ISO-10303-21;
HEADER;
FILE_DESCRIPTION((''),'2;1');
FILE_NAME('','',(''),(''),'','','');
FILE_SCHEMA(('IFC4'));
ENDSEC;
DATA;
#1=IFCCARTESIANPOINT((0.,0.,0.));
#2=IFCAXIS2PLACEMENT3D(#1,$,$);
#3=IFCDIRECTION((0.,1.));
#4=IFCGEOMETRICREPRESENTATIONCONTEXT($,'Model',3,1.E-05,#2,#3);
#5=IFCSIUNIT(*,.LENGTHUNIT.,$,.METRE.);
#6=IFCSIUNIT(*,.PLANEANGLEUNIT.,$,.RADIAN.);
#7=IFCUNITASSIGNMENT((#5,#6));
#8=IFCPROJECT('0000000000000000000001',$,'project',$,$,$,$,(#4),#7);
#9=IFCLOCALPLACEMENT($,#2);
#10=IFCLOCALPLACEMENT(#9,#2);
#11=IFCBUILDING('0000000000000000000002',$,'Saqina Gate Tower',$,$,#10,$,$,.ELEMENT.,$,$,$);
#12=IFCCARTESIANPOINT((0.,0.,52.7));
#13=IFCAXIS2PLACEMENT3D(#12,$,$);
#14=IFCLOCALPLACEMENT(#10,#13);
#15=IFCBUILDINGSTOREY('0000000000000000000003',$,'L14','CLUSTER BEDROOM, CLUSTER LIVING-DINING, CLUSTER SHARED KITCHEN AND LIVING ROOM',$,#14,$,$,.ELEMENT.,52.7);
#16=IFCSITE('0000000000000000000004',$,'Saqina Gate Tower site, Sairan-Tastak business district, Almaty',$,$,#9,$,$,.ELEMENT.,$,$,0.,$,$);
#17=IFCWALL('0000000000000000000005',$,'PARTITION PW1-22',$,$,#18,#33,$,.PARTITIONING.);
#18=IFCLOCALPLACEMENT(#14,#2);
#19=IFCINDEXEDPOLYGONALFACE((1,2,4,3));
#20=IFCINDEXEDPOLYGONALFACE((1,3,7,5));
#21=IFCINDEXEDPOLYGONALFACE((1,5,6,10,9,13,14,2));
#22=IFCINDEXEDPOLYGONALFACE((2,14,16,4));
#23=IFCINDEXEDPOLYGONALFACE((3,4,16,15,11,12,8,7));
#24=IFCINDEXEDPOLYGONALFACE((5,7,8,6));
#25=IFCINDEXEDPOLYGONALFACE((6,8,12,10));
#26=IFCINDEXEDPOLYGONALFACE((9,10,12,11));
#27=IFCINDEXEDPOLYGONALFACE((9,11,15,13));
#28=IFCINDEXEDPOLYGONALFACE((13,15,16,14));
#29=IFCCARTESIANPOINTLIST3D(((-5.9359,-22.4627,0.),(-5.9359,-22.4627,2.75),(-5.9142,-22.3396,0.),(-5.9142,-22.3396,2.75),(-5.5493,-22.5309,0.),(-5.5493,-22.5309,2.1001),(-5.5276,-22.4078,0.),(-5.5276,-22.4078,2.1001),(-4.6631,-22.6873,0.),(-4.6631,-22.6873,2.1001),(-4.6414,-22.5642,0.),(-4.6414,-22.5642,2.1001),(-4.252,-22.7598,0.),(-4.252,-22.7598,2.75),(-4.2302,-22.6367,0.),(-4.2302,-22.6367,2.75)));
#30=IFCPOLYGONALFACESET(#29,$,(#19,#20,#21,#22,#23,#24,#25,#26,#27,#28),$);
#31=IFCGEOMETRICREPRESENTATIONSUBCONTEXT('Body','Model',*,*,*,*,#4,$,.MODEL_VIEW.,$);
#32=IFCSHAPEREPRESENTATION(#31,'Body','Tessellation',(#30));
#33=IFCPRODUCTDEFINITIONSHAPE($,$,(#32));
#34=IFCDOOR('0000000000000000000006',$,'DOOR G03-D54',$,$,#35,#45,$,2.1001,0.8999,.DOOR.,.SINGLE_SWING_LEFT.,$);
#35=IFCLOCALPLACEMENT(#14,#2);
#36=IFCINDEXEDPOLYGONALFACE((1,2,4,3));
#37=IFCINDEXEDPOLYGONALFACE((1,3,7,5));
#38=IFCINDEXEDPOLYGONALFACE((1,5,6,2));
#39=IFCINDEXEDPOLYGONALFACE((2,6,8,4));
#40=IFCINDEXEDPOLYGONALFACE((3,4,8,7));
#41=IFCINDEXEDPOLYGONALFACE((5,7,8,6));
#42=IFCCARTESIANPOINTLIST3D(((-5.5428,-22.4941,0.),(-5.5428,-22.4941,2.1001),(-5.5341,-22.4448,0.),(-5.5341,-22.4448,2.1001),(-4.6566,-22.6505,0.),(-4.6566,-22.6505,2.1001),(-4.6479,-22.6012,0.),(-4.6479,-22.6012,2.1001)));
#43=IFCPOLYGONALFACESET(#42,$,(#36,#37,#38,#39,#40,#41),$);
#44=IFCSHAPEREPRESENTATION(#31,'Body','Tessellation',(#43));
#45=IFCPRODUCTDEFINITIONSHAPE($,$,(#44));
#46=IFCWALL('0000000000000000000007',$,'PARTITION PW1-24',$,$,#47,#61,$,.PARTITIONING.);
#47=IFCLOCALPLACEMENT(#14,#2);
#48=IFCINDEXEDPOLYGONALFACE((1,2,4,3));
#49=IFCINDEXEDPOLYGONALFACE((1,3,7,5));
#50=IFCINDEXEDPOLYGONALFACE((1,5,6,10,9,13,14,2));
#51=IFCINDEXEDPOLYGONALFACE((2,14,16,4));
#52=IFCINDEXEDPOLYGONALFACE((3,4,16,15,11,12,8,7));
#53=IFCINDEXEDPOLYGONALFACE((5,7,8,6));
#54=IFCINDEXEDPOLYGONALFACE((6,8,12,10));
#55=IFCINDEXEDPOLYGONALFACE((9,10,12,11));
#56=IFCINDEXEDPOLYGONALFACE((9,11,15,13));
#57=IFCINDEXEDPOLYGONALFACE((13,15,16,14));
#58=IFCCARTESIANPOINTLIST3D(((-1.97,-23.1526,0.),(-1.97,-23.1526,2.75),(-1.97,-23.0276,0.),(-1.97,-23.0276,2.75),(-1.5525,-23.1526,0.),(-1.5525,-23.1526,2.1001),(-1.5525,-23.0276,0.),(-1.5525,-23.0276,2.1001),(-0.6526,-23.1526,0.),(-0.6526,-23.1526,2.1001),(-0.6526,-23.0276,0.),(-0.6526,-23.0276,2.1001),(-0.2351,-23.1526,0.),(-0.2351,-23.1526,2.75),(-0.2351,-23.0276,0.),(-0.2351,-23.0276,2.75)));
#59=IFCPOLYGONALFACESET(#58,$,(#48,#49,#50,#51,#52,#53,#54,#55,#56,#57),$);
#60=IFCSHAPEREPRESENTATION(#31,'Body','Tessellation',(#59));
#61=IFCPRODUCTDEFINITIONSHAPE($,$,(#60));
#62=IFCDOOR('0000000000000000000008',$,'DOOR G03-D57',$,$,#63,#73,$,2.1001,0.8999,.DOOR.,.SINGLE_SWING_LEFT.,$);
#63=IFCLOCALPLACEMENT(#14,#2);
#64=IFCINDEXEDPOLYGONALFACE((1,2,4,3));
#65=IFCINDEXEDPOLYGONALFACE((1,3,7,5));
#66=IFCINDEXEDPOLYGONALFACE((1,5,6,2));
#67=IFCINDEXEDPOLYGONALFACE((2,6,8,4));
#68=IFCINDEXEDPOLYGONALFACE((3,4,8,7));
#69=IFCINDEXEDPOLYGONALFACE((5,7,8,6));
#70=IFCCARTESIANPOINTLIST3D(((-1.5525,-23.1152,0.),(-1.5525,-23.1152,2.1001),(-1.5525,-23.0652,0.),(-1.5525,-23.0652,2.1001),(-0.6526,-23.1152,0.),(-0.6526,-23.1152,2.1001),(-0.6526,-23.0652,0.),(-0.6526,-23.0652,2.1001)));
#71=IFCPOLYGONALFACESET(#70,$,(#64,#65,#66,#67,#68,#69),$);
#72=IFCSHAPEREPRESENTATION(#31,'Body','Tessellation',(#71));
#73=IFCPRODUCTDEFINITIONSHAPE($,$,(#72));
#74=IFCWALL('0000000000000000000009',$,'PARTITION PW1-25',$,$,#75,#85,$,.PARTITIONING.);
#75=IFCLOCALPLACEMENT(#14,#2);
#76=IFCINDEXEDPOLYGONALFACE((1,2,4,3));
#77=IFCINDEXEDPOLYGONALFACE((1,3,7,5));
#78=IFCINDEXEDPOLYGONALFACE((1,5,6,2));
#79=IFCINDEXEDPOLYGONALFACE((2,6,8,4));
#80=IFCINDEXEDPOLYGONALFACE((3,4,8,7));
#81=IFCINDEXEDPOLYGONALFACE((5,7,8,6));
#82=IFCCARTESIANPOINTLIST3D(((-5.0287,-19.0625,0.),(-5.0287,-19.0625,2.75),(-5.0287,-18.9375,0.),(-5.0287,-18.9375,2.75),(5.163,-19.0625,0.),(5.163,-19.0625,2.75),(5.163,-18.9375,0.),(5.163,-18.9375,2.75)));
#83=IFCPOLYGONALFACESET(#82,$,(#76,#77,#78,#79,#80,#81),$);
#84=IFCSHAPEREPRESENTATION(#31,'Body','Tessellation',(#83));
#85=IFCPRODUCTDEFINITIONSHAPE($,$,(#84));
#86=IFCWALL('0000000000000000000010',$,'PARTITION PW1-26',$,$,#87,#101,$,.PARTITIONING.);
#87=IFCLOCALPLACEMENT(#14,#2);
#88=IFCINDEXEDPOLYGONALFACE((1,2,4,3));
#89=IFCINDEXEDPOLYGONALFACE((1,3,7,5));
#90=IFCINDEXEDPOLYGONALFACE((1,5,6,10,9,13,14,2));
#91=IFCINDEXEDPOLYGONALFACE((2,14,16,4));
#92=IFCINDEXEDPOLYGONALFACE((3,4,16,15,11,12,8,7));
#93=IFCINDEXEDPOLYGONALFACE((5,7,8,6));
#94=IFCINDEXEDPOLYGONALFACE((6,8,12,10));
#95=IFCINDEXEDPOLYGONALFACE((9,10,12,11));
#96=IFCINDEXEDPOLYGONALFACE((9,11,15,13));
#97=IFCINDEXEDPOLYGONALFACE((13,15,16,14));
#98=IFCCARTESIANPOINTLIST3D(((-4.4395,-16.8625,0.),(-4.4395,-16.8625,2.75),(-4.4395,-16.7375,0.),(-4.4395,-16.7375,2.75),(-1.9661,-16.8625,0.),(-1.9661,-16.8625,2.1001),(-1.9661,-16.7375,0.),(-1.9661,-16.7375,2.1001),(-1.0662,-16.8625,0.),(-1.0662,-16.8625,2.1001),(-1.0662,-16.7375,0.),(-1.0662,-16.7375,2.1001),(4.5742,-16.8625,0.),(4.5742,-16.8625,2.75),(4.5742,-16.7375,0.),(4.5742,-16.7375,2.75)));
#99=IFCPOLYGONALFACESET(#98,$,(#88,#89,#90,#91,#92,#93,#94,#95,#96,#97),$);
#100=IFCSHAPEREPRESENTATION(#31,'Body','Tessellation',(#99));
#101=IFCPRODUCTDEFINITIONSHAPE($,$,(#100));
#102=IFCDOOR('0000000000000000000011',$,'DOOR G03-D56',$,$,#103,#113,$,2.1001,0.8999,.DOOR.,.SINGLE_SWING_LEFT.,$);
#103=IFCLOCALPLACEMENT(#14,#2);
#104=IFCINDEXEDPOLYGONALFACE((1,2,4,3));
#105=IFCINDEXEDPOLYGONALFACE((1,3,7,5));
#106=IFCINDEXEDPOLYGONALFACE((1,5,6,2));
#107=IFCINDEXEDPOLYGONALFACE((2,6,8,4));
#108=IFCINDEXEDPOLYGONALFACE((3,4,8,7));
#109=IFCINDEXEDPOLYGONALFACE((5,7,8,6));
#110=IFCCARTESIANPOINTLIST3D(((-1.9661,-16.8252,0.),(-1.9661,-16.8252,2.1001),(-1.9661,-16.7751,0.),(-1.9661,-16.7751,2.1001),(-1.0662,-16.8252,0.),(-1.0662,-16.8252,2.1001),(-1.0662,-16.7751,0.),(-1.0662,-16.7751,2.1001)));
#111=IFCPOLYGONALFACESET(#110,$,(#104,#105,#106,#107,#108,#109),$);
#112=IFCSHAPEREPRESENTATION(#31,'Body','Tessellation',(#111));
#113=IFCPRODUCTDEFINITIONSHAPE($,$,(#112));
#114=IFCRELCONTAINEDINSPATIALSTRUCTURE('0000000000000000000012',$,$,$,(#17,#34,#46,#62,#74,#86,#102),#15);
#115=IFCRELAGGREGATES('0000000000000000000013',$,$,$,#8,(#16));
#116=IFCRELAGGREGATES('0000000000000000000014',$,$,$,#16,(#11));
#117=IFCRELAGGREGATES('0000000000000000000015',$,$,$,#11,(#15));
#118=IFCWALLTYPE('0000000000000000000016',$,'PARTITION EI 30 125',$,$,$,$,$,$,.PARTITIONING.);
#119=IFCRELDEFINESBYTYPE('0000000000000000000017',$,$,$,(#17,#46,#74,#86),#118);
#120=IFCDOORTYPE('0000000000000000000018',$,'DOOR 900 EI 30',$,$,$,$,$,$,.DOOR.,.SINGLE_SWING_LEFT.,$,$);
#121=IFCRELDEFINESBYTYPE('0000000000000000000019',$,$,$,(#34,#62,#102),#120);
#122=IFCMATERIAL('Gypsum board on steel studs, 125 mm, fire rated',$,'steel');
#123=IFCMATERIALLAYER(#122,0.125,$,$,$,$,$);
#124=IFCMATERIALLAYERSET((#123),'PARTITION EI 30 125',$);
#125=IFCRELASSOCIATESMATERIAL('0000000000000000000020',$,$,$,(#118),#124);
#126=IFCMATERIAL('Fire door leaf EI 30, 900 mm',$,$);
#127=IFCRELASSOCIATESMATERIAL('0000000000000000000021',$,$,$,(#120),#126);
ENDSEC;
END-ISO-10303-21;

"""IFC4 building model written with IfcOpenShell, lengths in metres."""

from ifc_helpers import new_model, si_unit, direction, frame, frame_2d, origin, place, context, subcontext, project, spatial, rectangle, extrude, material, layer, layer_set, type_object, element, fill, save


model = new_model("IFC4")

# Units and contexts
model_context = context("Model", 3, precision=1e-05, world=origin(), true_north=direction((0.0, 1.0)))
body_context = subcontext(model_context, "Body", "Model", "MODEL_VIEW")
ifc_project = project(units=[si_unit("LENGTHUNIT", "METRE"), si_unit("PLANEANGLEUNIT", "RADIAN")], contexts=[model_context])

# Site, building, storey
site_placement = place(None, origin())
site = spatial("IfcSite", under=ifc_project, at=site_placement, Name="Saqina Gate Tower site, Sairan-Tastak business district, Almaty", CompositionType="ELEMENT", RefElevation=0.0)
building_placement = place(site_placement, origin())
building = spatial("IfcBuilding", under=site, at=building_placement, Name="Saqina Gate Tower", CompositionType="ELEMENT")
storey_placement = place(building_placement, frame((0.0, 0.0, 52.7)))
storey = spatial("IfcBuildingStorey", under=building, at=storey_placement, Name="L14", Description="CLUSTER BEDROOM, CLUSTER LIVING-DINING, CLUSTER SHARED KITCHEN AND LIVING ROOM", CompositionType="ELEMENT", Elevation=52.7)

# Walls, openings, doors
ifc_material_1 = material(Name="Gypsum board on steel studs, 125 mm, fire rated", Category="steel")
ifc_layer_1 = layer(ifc_material_1, 0.125)
ifc_layer_set_1 = layer_set([ifc_layer_1], Name="PARTITION EI 30 125")
wall_type_1 = type_object("IfcWallType", Name="PARTITION EI 30 125", PredefinedType="PARTITIONING", material=ifc_layer_set_1)
ifc_material_2 = material(Name="Fire door leaf EI 30, 900 mm")
door_type_1 = type_object("IfcDoorType", Name="DOOR 900 EI 30", OperationType="SINGLE_SWING_LEFT", PredefinedType="DOOR", material=ifc_material_2)
wall_1_placement = place(storey_placement, frame((-5.925, -22.4011, 0.0), z_axis=(0.0, 0.0, 1.0), x_axis=(0.984786, -0.173769, 0.0)))
wall_1 = element("IfcWall", 1, at=wall_1_placement, inside=storey, type_object=wall_type_1, Name="PARTITION PW1-22", PredefinedType="PARTITIONING", context=body_context, shape_type="SweptSolid", body=[
    extrude(rectangle(XDim=1.71, YDim=0.125, at=frame_2d((0.855, 0.0))), origin(), (0.0, 0.0, 1.0), 2.75),
])
opening_1_placement = place(wall_1_placement, frame((0.3926, 0.0, 0.0)))
opening_1 = element("IfcOpeningElement", 2, at=opening_1_placement, cuts=wall_1, PredefinedType="OPENING", context=body_context, shape_type="SweptSolid", body=[
    extrude(rectangle(XDim=0.8999, YDim=2.1001, at=frame_2d((0.45, 1.05))), frame((0.0, 0.0745, 0.0), z_axis=(0.0, -1.0, 0.0), x_axis=(1.0, 0.0, 0.0)), (0.0, 0.0, 1.0), 0.1489),
])
door_1_placement = place(opening_1_placement, origin())
door_1 = element("IfcDoor", 3, at=door_1_placement, inside=storey, type_object=door_type_1, Name="DOOR G03-D54", OperationType="SINGLE_SWING_LEFT", OverallHeight=2.1001, OverallWidth=0.8999, PredefinedType="DOOR", context=body_context, shape_type="SweptSolid", body=[
    extrude(rectangle(XDim=0.8999, YDim=2.1001, at=frame_2d((0.45, 1.05))), frame((0.0, 0.0249, 0.0), z_axis=(0.0, -1.0, 0.0), x_axis=(1.0, 0.0, 0.0)), (0.0, 0.0, 1.0), 0.05),
])
fill(opening_1, door_1)
wall_2_placement = place(storey_placement, frame((-1.97, -23.0901, 0.0), z_axis=(0.0, 0.0, 1.0), x_axis=(1.0, 0.0, 0.0)))
wall_2 = element("IfcWall", 4, at=wall_2_placement, inside=storey, type_object=wall_type_1, Name="PARTITION PW1-24", PredefinedType="PARTITIONING", context=body_context, shape_type="SweptSolid", body=[
    extrude(rectangle(XDim=1.7349, YDim=0.125, at=frame_2d((0.8674, 0.0))), origin(), (0.0, 0.0, 1.0), 2.75),
])
opening_2_placement = place(wall_2_placement, frame((0.4175, 0.0, 0.0)))
opening_2 = element("IfcOpeningElement", 5, at=opening_2_placement, cuts=wall_2, PredefinedType="OPENING", context=body_context, shape_type="SweptSolid", body=[
    extrude(rectangle(XDim=0.8999, YDim=2.1001, at=frame_2d((0.45, 1.05))), frame((0.0, 0.0745, 0.0), z_axis=(0.0, -1.0, 0.0), x_axis=(1.0, 0.0, 0.0)), (0.0, 0.0, 1.0), 0.1489),
])
door_2_placement = place(opening_2_placement, origin())
door_2 = element("IfcDoor", 6, at=door_2_placement, inside=storey, type_object=door_type_1, Name="DOOR G03-D57", OperationType="SINGLE_SWING_LEFT", OverallHeight=2.1001, OverallWidth=0.8999, PredefinedType="DOOR", context=body_context, shape_type="SweptSolid", body=[
    extrude(rectangle(XDim=0.8999, YDim=2.1001, at=frame_2d((0.45, 1.05))), frame((0.0, 0.0249, 0.0), z_axis=(0.0, -1.0, 0.0), x_axis=(1.0, 0.0, 0.0)), (0.0, 0.0, 1.0), 0.05),
])
fill(opening_2, door_2)

# Wall
wall_3_placement = place(storey_placement, frame((-5.0286, -19.0, 0.0), z_axis=(0.0, 0.0, 1.0), x_axis=(1.0, 0.0, 0.0)))
element("IfcWall", 7, at=wall_3_placement, inside=storey, type_object=wall_type_1, Name="PARTITION PW1-25", PredefinedType="PARTITIONING", context=body_context, shape_type="SweptSolid", body=[
    extrude(rectangle(XDim=10.1917, YDim=0.125, at=frame_2d((5.0957, 0.0))), origin(), (0.0, 0.0, 1.0), 2.75),
])

# Wall, opening, door
wall_4_placement = place(storey_placement, frame((-4.4395, -16.8, 0.0), z_axis=(0.0, 0.0, 1.0), x_axis=(1.0, 0.0, 0.0)))
wall_4 = element("IfcWall", 8, at=wall_4_placement, inside=storey, type_object=wall_type_1, Name="PARTITION PW1-26", PredefinedType="PARTITIONING", context=body_context, shape_type="SweptSolid", body=[
    extrude(rectangle(XDim=9.0137, YDim=0.125, at=frame_2d((4.5068, 0.0))), origin(), (0.0, 0.0, 1.0), 2.75),
])
opening_3_placement = place(wall_4_placement, frame((2.4734, 0.0, 0.0)))
opening_3 = element("IfcOpeningElement", 9, at=opening_3_placement, cuts=wall_4, PredefinedType="OPENING", context=body_context, shape_type="SweptSolid", body=[
    extrude(rectangle(XDim=0.8999, YDim=2.1001, at=frame_2d((0.45, 1.05))), frame((0.0, 0.0745, 0.0), z_axis=(0.0, -1.0, 0.0), x_axis=(1.0, 0.0, 0.0)), (0.0, 0.0, 1.0), 0.1489),
])
door_3_placement = place(opening_3_placement, origin())
door_3 = element("IfcDoor", 10, at=door_3_placement, inside=storey, type_object=door_type_1, Name="DOOR G03-D56", OperationType="SINGLE_SWING_LEFT", OverallHeight=2.1001, OverallWidth=0.8999, PredefinedType="DOOR", context=body_context, shape_type="SweptSolid", body=[
    extrude(rectangle(XDim=0.8999, YDim=2.1001, at=frame_2d((0.45, 1.05))), frame((0.0, 0.0249, 0.0), z_axis=(0.0, -1.0, 0.0), x_axis=(1.0, 0.0, 0.0)), (0.0, 0.0, 1.0), 0.05),
])
fill(opening_3, door_3)

save(model, "model.ifc")
